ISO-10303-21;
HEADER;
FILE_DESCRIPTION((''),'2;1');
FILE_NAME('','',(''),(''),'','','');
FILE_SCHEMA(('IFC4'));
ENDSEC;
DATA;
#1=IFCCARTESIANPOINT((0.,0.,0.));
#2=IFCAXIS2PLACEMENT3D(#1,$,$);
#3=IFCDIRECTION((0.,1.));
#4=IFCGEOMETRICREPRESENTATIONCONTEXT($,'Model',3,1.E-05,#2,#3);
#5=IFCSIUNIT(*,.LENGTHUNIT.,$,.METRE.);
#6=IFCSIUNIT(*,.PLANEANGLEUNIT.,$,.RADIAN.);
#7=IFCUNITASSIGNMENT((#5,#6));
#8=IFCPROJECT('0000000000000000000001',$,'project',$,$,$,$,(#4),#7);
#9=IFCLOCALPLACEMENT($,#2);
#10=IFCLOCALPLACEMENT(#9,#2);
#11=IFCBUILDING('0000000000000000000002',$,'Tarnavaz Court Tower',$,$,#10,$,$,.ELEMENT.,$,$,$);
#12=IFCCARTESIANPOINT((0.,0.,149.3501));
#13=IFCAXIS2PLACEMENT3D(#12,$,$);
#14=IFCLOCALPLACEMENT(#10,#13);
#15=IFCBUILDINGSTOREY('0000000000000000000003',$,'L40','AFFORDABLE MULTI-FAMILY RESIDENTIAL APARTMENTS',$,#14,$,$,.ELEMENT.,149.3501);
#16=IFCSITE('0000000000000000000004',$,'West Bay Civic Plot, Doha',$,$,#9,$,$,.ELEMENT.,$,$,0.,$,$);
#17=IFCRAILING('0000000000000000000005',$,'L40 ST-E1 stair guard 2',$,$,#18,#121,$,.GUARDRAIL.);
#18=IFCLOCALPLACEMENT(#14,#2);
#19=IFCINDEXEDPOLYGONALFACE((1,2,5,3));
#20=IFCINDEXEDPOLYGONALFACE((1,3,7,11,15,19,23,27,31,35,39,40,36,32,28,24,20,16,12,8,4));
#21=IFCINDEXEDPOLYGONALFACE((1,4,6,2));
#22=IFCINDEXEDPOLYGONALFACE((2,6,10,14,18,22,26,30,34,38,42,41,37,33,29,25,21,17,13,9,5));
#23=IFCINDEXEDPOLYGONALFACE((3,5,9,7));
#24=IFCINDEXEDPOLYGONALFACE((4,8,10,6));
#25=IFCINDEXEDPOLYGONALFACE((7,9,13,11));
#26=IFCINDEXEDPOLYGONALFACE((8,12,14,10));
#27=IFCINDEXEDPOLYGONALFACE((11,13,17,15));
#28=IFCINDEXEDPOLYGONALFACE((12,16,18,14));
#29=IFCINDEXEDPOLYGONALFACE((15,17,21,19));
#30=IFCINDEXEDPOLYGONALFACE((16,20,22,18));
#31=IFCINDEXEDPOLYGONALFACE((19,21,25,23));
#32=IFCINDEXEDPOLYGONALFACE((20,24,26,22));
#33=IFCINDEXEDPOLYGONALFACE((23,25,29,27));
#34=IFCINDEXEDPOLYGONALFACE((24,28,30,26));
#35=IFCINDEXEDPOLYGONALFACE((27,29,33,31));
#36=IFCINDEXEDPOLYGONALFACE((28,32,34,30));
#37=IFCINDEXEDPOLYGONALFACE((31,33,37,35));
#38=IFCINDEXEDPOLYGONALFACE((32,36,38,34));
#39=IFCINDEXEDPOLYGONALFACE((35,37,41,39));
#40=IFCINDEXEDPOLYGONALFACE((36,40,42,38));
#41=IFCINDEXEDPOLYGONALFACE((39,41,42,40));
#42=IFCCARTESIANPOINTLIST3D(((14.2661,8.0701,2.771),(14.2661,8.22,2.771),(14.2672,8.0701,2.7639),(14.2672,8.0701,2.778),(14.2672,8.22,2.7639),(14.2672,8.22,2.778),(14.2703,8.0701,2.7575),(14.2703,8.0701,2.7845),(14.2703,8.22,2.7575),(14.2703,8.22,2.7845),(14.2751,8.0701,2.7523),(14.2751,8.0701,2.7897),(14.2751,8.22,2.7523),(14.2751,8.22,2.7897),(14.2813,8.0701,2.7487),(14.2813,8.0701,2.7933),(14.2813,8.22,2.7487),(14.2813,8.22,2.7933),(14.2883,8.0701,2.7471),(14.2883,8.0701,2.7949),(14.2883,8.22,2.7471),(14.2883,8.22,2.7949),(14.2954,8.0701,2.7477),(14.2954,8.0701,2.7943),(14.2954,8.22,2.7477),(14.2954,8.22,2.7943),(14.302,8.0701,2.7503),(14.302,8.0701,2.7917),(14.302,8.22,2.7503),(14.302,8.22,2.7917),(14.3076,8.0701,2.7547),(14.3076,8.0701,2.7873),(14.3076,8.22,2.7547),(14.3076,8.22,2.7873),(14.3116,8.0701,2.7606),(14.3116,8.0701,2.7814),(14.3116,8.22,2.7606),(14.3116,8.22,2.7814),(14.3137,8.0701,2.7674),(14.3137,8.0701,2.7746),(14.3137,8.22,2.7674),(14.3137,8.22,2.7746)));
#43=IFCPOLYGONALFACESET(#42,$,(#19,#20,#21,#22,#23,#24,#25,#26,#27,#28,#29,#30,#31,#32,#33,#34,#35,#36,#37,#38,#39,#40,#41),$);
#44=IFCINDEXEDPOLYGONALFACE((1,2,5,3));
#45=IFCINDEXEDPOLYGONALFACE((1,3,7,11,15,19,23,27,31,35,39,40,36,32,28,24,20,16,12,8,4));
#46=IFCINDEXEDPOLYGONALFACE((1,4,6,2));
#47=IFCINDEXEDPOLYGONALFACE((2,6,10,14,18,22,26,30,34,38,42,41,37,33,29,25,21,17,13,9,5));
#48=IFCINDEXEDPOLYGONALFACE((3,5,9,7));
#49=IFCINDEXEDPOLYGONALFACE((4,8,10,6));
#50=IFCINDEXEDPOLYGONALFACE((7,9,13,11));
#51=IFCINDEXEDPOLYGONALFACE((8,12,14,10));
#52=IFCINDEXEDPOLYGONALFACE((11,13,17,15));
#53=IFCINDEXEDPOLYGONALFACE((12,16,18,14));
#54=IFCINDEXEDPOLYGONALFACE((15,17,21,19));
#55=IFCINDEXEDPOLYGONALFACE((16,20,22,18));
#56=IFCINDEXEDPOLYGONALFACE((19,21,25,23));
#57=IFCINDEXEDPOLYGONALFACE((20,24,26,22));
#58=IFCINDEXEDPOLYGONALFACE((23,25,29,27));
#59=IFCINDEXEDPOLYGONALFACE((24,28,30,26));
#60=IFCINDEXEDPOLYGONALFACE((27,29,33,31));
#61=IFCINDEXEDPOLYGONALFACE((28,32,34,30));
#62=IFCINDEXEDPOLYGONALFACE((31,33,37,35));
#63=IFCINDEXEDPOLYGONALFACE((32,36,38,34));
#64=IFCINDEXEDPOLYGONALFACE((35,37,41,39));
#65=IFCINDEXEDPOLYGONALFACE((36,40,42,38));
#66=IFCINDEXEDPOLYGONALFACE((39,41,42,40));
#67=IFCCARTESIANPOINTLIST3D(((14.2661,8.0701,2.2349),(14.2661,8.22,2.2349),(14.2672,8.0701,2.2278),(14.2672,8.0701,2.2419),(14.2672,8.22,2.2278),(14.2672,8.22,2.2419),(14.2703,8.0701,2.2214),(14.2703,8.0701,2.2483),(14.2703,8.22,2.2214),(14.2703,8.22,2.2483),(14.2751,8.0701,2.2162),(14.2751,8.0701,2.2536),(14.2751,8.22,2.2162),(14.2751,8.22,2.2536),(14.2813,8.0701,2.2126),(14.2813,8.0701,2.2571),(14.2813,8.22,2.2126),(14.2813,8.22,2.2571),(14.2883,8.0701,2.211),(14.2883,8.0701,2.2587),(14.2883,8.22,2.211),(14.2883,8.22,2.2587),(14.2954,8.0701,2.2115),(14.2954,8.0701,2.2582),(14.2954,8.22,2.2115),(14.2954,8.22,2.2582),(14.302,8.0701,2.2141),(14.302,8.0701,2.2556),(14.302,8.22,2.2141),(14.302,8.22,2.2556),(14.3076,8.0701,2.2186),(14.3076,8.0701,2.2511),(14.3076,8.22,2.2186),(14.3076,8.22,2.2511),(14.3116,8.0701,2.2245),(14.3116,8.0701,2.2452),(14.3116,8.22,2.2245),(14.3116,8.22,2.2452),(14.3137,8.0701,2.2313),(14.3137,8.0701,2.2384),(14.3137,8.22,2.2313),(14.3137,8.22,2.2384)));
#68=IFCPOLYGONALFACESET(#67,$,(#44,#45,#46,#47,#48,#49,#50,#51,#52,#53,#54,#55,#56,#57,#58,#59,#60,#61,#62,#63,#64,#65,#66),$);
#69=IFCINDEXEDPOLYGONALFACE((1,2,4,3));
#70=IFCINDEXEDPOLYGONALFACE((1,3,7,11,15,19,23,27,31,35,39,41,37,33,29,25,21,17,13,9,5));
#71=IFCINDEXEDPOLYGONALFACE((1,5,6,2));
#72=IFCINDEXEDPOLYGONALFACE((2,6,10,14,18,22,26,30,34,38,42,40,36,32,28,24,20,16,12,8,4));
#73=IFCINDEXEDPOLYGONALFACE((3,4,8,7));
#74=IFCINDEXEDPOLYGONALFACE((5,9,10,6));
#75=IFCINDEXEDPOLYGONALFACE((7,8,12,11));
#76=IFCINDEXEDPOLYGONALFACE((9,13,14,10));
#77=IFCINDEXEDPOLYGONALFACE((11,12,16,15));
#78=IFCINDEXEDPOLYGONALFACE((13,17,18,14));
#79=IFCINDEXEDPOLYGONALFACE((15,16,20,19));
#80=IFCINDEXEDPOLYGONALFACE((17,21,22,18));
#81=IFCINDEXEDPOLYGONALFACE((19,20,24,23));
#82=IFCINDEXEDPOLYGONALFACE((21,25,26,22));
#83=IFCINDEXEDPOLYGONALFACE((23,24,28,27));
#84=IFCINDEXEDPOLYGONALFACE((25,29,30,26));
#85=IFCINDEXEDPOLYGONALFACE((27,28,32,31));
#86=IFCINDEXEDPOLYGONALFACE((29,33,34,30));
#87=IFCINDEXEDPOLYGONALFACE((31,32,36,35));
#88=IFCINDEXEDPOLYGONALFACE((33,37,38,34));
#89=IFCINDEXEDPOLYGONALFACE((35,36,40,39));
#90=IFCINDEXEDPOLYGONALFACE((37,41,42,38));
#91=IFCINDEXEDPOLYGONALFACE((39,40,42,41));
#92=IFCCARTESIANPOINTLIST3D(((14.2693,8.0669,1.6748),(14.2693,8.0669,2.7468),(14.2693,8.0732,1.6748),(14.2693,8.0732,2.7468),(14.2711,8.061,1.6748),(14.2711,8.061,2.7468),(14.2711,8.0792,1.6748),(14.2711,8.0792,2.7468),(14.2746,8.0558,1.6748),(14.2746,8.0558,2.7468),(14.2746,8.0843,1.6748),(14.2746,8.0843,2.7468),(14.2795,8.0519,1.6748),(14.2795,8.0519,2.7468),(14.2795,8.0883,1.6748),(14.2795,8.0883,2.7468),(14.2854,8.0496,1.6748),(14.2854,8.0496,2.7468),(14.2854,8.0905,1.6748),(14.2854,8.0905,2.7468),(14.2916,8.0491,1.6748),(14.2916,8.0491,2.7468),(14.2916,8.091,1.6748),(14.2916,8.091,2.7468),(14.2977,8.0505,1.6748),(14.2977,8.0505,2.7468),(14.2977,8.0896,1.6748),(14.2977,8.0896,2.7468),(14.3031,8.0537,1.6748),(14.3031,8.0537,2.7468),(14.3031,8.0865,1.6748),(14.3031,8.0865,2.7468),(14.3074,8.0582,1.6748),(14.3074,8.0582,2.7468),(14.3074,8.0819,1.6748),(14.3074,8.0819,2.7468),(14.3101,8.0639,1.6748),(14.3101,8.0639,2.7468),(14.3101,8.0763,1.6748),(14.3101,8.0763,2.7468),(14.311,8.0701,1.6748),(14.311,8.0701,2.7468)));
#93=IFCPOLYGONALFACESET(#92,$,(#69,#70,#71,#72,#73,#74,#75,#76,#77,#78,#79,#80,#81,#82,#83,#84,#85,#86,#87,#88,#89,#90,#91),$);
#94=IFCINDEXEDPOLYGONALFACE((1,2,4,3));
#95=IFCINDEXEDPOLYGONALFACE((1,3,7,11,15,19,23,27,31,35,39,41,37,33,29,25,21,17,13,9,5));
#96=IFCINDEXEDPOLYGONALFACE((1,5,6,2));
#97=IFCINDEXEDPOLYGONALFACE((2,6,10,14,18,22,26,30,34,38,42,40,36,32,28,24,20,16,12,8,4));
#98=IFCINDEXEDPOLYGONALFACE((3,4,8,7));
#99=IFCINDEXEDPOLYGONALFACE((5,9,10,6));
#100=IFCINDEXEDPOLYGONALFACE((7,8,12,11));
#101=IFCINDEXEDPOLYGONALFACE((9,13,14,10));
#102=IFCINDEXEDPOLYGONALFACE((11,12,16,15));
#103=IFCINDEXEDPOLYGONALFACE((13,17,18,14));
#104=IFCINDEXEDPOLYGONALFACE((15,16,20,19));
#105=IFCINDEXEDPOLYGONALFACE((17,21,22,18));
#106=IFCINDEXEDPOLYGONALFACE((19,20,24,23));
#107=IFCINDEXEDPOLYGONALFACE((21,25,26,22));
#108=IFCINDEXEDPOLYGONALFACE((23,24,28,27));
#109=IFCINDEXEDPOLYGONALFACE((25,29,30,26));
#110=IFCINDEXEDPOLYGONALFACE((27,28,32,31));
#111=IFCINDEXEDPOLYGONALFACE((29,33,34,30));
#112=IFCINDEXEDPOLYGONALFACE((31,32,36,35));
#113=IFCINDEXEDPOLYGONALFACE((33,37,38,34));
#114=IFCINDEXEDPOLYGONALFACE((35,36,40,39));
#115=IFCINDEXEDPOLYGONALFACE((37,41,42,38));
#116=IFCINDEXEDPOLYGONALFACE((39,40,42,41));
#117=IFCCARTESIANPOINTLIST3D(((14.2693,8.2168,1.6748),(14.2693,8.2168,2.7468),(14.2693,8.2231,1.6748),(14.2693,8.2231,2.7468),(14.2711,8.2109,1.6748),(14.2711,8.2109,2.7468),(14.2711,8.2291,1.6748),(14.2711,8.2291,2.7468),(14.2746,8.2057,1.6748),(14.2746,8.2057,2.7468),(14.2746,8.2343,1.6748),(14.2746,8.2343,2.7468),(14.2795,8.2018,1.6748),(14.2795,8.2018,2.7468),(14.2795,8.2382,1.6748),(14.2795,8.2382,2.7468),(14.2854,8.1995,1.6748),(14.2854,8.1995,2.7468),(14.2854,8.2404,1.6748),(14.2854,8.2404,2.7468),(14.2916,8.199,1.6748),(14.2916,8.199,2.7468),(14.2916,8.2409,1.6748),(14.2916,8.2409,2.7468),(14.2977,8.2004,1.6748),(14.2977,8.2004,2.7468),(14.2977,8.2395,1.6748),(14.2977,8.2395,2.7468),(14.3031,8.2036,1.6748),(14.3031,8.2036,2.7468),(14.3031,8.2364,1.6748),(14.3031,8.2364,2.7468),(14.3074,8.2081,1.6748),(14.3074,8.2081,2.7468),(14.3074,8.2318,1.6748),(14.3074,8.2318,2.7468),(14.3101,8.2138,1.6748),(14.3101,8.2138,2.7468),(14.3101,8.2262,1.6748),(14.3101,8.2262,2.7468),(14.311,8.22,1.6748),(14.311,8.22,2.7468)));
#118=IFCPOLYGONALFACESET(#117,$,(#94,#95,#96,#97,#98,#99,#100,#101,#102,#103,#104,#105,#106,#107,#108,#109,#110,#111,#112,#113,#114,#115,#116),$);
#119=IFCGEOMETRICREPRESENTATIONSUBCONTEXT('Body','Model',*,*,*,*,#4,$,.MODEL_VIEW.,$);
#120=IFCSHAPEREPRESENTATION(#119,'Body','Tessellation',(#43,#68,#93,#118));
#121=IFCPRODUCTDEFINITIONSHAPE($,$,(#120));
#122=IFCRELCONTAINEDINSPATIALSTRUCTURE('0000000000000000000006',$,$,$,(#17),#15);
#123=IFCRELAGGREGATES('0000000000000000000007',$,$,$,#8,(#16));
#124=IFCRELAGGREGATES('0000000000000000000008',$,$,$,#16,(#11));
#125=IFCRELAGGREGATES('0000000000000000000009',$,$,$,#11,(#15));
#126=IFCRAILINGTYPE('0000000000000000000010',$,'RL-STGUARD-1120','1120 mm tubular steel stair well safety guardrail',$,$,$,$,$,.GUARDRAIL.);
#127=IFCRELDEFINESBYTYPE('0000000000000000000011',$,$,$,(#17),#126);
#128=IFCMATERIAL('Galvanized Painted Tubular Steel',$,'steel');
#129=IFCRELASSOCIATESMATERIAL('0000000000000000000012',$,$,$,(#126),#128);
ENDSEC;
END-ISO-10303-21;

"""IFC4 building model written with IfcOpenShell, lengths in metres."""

from ifc_helpers import new_model, si_unit, direction, frame, origin, origin_2d, place, context, subcontext, project, spatial, circle, extrude, material, type_object, element, save


model = new_model("IFC4")

# Units and contexts
model_context = context("Model", 3, precision=1e-05, world=origin(), true_north=direction((0.0, 1.0)))
body_context = subcontext(model_context, "Body", "Model", "MODEL_VIEW")
ifc_project = project(units=[si_unit("LENGTHUNIT", "METRE"), si_unit("PLANEANGLEUNIT", "RADIAN")], contexts=[model_context])

# Site, building, storey
site_placement = place(None, origin())
site = spatial("IfcSite", under=ifc_project, at=site_placement, Name="West Bay Civic Plot, Doha", CompositionType="ELEMENT", RefElevation=0.0)
building_placement = place(site_placement, origin())
building = spatial("IfcBuilding", under=site, at=building_placement, Name="Tarnavaz Court Tower", CompositionType="ELEMENT")
storey_placement = place(building_placement, frame((0.0, 0.0, 149.3501)))
storey = spatial("IfcBuildingStorey", under=building, at=storey_placement, Name="L40", Description="AFFORDABLE MULTI-FAMILY RESIDENTIAL APARTMENTS", CompositionType="ELEMENT", Elevation=149.3501)

# Railing
ifc_material_1 = material(Name="Galvanized Painted Tubular Steel", Category="steel")
railing_type_1 = type_object("IfcRailingType", Name="RL-STGUARD-1120", Description="1120 mm tubular steel stair well safety guardrail", PredefinedType="GUARDRAIL", material=ifc_material_1)
railing_1_placement = place(storey_placement, frame((14.29, 8.0701, 1.6748)))
element("IfcRailing", 1, at=railing_1_placement, inside=storey, type_object=railing_type_1, Name="L40 ST-E1 stair guard 2", PredefinedType="GUARDRAIL", context=body_context, shape_type="SweptSolid", body=[
    extrude(circle(Radius=0.0239, at=origin_2d()), frame((0.0, 0.0, 1.0962), z_axis=(0.0, 1.0, 0.0), x_axis=(-1.0, 0.0, 0.0)), (0.0, 0.0, 1.0), 0.1499),
    extrude(circle(Radius=0.0239, at=origin_2d()), frame((0.0, 0.0, 0.5601), z_axis=(0.0, 1.0, 0.0), x_axis=(-1.0, 0.0, 0.0)), (0.0, 0.0, 1.0), 0.1499),
    extrude(circle(Radius=0.021, at=origin_2d()), origin(), (0.0, 0.0, 1.0), 1.072),
    extrude(circle(Radius=0.021, at=origin_2d()), frame((0.0, 0.1499, 0.0)), (0.0, 0.0, 1.0), 1.072),
])

save(model, "model.ifc")
